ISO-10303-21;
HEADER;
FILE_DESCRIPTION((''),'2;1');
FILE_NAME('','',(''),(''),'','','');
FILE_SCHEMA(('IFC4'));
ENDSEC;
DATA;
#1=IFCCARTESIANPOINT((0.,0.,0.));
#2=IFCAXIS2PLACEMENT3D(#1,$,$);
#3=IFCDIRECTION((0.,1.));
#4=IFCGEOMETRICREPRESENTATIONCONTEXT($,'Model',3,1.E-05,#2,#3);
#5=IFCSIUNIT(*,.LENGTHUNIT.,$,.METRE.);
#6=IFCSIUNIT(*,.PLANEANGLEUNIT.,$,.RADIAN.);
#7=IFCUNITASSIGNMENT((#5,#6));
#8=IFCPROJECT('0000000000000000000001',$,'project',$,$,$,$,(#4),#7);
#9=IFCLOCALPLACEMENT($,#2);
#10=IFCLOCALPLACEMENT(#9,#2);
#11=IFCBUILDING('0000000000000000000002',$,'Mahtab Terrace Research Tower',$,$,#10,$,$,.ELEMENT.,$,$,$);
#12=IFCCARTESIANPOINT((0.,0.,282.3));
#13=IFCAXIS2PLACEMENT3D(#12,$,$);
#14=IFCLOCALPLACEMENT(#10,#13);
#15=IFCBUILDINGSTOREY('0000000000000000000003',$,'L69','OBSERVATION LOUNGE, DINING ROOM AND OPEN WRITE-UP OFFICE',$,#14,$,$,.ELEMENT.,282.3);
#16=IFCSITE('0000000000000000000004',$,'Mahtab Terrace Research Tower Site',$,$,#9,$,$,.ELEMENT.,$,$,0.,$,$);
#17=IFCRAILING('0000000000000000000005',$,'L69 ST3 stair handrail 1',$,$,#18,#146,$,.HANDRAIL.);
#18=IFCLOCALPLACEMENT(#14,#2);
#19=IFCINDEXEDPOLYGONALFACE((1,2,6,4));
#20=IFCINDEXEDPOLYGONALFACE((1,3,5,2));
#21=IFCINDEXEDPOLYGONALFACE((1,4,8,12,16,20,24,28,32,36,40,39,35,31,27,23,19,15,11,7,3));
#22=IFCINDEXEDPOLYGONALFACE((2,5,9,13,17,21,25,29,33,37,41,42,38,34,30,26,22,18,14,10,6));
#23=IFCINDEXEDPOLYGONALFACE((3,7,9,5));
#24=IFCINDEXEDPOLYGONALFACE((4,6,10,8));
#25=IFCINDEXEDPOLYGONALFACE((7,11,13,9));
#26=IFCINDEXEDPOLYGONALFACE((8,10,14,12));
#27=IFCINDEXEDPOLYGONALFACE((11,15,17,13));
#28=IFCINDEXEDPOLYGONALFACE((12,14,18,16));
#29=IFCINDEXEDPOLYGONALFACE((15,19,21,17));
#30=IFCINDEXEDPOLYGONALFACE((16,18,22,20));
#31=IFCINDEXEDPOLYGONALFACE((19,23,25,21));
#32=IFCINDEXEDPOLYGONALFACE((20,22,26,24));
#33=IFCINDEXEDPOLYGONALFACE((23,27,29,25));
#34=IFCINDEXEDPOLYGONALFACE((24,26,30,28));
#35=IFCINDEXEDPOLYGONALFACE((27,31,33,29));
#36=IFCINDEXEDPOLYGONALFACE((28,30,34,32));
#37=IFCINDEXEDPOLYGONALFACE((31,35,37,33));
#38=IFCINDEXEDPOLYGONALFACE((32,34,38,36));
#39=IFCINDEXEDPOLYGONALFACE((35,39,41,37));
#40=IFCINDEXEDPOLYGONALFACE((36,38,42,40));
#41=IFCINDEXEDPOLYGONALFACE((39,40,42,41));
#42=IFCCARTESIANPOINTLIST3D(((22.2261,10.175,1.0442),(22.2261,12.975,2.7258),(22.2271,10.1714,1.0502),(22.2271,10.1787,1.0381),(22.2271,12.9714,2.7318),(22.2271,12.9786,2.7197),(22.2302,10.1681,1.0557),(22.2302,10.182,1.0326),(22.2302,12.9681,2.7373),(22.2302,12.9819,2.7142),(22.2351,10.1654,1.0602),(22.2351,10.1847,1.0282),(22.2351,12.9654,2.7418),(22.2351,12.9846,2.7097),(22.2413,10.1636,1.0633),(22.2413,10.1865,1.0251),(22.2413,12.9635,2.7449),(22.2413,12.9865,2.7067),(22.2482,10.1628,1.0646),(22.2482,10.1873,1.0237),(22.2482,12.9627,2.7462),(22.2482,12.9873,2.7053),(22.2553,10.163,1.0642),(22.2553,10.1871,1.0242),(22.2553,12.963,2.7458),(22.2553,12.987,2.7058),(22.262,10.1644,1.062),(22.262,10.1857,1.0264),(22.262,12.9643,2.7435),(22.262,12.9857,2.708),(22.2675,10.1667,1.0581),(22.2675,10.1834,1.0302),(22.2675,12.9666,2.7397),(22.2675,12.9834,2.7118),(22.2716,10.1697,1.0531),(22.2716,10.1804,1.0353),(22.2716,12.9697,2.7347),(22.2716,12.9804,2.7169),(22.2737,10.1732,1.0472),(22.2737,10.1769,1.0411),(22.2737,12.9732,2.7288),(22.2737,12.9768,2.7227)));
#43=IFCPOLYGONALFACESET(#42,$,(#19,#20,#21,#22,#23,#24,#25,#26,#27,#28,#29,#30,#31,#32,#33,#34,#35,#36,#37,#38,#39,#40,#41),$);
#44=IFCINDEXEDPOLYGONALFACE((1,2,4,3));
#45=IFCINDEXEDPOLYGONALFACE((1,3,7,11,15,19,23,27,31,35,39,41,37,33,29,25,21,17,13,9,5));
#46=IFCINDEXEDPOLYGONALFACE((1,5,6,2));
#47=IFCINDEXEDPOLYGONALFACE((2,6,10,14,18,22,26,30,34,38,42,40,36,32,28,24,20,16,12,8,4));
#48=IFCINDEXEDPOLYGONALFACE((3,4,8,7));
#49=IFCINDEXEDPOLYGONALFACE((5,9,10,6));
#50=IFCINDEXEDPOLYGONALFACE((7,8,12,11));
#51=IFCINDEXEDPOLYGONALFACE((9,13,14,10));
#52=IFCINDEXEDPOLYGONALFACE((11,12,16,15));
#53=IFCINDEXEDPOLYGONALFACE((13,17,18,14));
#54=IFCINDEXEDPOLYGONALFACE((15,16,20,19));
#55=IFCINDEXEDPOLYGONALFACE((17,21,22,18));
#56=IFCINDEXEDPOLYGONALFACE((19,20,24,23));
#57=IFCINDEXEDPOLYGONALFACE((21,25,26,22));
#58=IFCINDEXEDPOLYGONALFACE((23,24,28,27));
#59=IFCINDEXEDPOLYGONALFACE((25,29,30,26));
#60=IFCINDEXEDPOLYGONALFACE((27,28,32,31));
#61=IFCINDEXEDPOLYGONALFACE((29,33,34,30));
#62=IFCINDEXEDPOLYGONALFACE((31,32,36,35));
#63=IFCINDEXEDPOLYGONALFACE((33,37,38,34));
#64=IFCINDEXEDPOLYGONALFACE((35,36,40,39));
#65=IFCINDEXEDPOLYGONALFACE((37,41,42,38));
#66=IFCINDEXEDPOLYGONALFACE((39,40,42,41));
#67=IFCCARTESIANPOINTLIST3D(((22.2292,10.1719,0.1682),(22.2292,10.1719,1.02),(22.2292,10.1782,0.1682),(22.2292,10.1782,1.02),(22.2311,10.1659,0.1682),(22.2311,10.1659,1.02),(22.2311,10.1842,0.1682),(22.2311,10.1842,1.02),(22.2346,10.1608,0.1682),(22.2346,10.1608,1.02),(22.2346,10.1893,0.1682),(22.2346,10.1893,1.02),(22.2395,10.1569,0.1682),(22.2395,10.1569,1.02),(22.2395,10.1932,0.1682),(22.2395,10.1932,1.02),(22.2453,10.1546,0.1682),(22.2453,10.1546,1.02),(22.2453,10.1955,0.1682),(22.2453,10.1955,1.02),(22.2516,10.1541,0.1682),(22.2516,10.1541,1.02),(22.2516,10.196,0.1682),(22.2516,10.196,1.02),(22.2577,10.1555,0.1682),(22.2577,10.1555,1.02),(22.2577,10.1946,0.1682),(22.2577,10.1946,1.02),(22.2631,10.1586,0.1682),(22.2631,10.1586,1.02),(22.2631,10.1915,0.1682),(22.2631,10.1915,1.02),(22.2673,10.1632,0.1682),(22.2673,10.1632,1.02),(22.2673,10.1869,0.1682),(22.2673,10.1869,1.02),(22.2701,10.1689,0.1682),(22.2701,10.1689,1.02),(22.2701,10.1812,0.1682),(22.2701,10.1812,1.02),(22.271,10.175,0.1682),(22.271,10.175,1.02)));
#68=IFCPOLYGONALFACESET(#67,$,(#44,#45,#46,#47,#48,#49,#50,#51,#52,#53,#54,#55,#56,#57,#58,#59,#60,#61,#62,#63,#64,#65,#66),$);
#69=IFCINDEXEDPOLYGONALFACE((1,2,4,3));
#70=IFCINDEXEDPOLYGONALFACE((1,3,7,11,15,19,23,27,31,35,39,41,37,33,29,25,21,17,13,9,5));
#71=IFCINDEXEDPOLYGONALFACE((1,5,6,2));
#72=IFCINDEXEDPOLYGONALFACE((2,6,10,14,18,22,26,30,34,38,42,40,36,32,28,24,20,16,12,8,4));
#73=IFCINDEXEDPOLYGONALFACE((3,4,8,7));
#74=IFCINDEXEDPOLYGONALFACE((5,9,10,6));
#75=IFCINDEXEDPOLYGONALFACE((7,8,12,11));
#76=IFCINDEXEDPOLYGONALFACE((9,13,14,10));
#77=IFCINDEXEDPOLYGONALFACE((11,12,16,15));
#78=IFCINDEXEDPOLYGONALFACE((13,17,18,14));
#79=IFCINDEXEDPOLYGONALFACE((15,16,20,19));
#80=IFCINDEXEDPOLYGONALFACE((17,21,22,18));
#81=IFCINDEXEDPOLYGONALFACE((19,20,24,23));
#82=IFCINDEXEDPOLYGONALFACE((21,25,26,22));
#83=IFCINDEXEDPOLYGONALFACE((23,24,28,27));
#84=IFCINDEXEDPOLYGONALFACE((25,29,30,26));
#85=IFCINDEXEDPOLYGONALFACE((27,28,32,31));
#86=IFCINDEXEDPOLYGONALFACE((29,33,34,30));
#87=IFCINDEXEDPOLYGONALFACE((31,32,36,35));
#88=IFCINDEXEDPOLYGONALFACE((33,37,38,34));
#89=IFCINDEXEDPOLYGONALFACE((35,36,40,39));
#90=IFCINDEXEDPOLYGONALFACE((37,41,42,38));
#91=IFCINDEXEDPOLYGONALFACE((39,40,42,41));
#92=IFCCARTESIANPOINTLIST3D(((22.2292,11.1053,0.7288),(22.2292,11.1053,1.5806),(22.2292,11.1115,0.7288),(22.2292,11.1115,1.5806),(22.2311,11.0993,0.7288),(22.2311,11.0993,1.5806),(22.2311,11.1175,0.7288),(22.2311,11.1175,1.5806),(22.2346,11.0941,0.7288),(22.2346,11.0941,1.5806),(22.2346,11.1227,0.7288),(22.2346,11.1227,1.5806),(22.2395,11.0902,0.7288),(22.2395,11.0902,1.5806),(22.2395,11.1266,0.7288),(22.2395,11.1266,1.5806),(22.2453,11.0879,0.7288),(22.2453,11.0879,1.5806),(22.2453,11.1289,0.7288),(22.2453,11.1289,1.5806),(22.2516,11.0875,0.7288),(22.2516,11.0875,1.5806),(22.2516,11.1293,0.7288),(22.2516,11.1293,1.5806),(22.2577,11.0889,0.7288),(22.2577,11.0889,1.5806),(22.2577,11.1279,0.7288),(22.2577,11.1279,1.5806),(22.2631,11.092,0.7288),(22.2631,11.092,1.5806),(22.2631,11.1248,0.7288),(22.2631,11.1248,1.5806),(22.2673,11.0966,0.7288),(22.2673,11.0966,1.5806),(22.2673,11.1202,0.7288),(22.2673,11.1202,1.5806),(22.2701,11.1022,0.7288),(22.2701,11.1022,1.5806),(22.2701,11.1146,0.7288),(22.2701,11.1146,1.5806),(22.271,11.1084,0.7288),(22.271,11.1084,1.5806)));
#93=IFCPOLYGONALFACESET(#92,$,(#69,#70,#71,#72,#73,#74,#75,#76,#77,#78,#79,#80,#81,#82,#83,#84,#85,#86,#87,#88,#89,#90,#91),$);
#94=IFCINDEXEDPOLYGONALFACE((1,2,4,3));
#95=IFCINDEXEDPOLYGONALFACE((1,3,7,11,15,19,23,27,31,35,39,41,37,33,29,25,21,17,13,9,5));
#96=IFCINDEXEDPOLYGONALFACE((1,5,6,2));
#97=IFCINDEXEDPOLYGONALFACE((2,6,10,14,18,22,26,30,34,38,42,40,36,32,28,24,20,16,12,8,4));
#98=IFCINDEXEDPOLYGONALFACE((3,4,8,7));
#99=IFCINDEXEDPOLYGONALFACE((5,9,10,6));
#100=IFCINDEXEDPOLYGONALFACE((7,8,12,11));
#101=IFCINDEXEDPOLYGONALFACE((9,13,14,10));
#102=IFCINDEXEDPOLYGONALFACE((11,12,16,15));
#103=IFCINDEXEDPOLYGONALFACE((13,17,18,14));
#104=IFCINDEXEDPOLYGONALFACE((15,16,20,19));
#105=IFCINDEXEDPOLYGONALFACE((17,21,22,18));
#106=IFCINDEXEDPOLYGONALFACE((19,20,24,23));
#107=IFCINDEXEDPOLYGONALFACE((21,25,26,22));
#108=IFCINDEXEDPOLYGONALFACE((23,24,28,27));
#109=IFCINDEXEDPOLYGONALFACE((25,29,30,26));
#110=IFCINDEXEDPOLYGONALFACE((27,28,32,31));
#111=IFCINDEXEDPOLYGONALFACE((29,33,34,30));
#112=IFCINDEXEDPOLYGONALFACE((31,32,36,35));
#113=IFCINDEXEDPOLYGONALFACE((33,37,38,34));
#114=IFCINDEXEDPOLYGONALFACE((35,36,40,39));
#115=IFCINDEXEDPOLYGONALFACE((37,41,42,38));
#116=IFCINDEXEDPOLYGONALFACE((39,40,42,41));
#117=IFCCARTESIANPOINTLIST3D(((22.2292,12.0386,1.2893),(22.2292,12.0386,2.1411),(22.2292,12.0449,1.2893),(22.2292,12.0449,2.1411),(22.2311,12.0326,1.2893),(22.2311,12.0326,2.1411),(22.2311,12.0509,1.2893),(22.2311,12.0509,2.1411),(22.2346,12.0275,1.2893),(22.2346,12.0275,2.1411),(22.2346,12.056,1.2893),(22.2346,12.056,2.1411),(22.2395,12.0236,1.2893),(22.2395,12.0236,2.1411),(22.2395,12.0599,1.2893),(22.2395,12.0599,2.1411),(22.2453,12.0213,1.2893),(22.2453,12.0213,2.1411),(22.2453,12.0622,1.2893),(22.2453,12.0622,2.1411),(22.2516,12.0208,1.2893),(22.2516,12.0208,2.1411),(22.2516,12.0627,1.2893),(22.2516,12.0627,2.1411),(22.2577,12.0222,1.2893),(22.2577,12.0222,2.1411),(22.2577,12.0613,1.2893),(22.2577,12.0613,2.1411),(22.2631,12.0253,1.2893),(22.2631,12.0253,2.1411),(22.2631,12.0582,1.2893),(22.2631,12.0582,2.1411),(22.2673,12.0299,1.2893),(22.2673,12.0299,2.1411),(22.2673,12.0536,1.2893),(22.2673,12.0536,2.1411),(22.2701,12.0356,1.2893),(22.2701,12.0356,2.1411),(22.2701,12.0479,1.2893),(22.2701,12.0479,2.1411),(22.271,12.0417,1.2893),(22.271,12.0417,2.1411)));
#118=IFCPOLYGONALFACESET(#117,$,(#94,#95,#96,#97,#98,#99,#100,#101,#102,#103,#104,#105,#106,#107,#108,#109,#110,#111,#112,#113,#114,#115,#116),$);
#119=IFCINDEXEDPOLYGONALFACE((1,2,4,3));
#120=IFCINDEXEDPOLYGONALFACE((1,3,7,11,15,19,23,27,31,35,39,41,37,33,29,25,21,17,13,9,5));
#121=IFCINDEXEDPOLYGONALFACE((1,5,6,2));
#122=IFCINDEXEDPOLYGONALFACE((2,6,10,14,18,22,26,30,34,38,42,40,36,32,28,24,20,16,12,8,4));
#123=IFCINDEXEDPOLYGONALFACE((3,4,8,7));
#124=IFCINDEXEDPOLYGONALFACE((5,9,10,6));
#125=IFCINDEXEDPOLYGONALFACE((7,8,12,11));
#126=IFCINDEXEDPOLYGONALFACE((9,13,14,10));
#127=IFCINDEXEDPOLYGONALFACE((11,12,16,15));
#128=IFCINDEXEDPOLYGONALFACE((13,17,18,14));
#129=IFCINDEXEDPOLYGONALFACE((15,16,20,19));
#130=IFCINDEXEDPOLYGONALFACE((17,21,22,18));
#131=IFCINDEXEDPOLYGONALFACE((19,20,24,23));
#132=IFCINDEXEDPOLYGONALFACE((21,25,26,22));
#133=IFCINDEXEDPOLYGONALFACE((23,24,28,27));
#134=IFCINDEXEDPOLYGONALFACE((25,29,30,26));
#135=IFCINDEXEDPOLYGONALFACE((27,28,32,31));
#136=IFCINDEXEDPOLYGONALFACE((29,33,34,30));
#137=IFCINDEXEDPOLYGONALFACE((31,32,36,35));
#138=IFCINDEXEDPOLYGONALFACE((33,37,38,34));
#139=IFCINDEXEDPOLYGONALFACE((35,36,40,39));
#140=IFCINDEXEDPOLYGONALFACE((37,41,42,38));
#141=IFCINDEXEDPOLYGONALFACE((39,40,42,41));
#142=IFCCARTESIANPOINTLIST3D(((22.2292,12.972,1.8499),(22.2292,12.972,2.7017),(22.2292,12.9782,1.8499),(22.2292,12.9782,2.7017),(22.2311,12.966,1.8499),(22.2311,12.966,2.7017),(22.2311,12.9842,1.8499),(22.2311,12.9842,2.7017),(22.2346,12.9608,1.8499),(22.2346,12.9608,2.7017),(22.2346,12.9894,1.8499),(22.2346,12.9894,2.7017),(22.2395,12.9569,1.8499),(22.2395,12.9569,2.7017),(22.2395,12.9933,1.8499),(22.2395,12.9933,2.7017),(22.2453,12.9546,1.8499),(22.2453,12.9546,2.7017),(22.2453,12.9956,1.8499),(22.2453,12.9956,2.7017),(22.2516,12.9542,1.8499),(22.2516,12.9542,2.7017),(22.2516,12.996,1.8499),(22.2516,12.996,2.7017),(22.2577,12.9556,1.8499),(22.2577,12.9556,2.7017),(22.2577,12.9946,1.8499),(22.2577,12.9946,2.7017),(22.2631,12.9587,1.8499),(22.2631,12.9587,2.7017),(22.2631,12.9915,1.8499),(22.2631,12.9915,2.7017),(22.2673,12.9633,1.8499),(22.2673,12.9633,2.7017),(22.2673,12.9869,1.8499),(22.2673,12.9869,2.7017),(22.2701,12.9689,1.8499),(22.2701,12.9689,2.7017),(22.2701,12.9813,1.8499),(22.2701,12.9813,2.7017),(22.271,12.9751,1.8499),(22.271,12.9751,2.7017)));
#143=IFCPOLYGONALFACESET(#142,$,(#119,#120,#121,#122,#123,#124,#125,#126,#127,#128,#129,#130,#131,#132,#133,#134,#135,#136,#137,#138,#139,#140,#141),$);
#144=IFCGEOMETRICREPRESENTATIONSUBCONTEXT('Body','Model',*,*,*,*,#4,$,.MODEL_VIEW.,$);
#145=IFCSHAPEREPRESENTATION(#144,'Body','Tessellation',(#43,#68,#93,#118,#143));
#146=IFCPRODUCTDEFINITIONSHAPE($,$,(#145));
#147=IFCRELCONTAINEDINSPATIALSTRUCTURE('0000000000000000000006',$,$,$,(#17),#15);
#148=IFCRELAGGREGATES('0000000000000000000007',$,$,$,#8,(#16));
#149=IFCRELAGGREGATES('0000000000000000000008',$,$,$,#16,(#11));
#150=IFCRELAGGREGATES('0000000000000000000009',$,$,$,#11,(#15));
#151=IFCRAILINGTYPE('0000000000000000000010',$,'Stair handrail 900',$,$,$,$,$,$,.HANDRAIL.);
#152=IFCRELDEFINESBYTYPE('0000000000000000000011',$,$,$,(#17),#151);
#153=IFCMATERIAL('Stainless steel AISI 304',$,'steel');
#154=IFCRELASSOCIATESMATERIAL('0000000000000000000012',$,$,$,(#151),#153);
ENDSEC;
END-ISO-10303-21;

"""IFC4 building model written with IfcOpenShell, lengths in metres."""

from ifc_helpers import new_model, si_unit, direction, frame, origin, origin_2d, place, context, subcontext, project, spatial, circle, extrude, material, type_object, element, save


model = new_model("IFC4")

# Units and contexts
model_context = context("Model", 3, precision=1e-05, world=origin(), true_north=direction((0.0, 1.0)))
body_context = subcontext(model_context, "Body", "Model", "MODEL_VIEW")
ifc_project = project(units=[si_unit("LENGTHUNIT", "METRE"), si_unit("PLANEANGLEUNIT", "RADIAN")], contexts=[model_context])

# Site, building, storey
site_placement = place(None, origin())
site = spatial("IfcSite", under=ifc_project, at=site_placement, Name="Mahtab Terrace Research Tower Site", CompositionType="ELEMENT", RefElevation=0.0)
building_placement = place(site_placement, origin())
building = spatial("IfcBuilding", under=site, at=building_placement, Name="Mahtab Terrace Research Tower", CompositionType="ELEMENT")
storey_placement = place(building_placement, frame((0.0, 0.0, 282.3)))
storey = spatial("IfcBuildingStorey", under=building, at=storey_placement, Name="L69", Description="OBSERVATION LOUNGE, DINING ROOM AND OPEN WRITE-UP OFFICE", CompositionType="ELEMENT", Elevation=282.3)

# Railing
ifc_material_1 = material(Name="Stainless steel AISI 304", Category="steel")
railing_type_1 = type_object("IfcRailingType", Name="Stair handrail 900", PredefinedType="HANDRAIL", material=ifc_material_1)
railing_1_placement = place(storey_placement, frame((22.25, 10.175, 0.1682)))
element("IfcRailing", 1, at=railing_1_placement, inside=storey, type_object=railing_type_1, Name="L69 ST3 stair handrail 1", PredefinedType="HANDRAIL", context=body_context, shape_type="SweptSolid", body=[
    extrude(circle(Radius=0.0239, at=origin_2d()), frame((0.0, 0.0, 0.876), z_axis=(0.0, 0.857275, 0.514858), x_axis=(-1.0, 0.0, 0.0)), (0.0, 0.0, 1.0), 3.2661),
    extrude(circle(Radius=0.021, at=origin_2d()), origin(), (0.0, 0.0, 1.0), 0.8518),
    extrude(circle(Radius=0.021, at=origin_2d()), frame((0.0, 0.9333, 0.5605)), (0.0, 0.0, 1.0), 0.8518),
    extrude(circle(Radius=0.021, at=origin_2d()), frame((0.0, 1.8667, 1.1211)), (0.0, 0.0, 1.0), 0.8518),
    extrude(circle(Radius=0.021, at=origin_2d()), frame((0.0, 2.8, 1.6816)), (0.0, 0.0, 1.0), 0.8518),
])

save(model, "model.ifc")
